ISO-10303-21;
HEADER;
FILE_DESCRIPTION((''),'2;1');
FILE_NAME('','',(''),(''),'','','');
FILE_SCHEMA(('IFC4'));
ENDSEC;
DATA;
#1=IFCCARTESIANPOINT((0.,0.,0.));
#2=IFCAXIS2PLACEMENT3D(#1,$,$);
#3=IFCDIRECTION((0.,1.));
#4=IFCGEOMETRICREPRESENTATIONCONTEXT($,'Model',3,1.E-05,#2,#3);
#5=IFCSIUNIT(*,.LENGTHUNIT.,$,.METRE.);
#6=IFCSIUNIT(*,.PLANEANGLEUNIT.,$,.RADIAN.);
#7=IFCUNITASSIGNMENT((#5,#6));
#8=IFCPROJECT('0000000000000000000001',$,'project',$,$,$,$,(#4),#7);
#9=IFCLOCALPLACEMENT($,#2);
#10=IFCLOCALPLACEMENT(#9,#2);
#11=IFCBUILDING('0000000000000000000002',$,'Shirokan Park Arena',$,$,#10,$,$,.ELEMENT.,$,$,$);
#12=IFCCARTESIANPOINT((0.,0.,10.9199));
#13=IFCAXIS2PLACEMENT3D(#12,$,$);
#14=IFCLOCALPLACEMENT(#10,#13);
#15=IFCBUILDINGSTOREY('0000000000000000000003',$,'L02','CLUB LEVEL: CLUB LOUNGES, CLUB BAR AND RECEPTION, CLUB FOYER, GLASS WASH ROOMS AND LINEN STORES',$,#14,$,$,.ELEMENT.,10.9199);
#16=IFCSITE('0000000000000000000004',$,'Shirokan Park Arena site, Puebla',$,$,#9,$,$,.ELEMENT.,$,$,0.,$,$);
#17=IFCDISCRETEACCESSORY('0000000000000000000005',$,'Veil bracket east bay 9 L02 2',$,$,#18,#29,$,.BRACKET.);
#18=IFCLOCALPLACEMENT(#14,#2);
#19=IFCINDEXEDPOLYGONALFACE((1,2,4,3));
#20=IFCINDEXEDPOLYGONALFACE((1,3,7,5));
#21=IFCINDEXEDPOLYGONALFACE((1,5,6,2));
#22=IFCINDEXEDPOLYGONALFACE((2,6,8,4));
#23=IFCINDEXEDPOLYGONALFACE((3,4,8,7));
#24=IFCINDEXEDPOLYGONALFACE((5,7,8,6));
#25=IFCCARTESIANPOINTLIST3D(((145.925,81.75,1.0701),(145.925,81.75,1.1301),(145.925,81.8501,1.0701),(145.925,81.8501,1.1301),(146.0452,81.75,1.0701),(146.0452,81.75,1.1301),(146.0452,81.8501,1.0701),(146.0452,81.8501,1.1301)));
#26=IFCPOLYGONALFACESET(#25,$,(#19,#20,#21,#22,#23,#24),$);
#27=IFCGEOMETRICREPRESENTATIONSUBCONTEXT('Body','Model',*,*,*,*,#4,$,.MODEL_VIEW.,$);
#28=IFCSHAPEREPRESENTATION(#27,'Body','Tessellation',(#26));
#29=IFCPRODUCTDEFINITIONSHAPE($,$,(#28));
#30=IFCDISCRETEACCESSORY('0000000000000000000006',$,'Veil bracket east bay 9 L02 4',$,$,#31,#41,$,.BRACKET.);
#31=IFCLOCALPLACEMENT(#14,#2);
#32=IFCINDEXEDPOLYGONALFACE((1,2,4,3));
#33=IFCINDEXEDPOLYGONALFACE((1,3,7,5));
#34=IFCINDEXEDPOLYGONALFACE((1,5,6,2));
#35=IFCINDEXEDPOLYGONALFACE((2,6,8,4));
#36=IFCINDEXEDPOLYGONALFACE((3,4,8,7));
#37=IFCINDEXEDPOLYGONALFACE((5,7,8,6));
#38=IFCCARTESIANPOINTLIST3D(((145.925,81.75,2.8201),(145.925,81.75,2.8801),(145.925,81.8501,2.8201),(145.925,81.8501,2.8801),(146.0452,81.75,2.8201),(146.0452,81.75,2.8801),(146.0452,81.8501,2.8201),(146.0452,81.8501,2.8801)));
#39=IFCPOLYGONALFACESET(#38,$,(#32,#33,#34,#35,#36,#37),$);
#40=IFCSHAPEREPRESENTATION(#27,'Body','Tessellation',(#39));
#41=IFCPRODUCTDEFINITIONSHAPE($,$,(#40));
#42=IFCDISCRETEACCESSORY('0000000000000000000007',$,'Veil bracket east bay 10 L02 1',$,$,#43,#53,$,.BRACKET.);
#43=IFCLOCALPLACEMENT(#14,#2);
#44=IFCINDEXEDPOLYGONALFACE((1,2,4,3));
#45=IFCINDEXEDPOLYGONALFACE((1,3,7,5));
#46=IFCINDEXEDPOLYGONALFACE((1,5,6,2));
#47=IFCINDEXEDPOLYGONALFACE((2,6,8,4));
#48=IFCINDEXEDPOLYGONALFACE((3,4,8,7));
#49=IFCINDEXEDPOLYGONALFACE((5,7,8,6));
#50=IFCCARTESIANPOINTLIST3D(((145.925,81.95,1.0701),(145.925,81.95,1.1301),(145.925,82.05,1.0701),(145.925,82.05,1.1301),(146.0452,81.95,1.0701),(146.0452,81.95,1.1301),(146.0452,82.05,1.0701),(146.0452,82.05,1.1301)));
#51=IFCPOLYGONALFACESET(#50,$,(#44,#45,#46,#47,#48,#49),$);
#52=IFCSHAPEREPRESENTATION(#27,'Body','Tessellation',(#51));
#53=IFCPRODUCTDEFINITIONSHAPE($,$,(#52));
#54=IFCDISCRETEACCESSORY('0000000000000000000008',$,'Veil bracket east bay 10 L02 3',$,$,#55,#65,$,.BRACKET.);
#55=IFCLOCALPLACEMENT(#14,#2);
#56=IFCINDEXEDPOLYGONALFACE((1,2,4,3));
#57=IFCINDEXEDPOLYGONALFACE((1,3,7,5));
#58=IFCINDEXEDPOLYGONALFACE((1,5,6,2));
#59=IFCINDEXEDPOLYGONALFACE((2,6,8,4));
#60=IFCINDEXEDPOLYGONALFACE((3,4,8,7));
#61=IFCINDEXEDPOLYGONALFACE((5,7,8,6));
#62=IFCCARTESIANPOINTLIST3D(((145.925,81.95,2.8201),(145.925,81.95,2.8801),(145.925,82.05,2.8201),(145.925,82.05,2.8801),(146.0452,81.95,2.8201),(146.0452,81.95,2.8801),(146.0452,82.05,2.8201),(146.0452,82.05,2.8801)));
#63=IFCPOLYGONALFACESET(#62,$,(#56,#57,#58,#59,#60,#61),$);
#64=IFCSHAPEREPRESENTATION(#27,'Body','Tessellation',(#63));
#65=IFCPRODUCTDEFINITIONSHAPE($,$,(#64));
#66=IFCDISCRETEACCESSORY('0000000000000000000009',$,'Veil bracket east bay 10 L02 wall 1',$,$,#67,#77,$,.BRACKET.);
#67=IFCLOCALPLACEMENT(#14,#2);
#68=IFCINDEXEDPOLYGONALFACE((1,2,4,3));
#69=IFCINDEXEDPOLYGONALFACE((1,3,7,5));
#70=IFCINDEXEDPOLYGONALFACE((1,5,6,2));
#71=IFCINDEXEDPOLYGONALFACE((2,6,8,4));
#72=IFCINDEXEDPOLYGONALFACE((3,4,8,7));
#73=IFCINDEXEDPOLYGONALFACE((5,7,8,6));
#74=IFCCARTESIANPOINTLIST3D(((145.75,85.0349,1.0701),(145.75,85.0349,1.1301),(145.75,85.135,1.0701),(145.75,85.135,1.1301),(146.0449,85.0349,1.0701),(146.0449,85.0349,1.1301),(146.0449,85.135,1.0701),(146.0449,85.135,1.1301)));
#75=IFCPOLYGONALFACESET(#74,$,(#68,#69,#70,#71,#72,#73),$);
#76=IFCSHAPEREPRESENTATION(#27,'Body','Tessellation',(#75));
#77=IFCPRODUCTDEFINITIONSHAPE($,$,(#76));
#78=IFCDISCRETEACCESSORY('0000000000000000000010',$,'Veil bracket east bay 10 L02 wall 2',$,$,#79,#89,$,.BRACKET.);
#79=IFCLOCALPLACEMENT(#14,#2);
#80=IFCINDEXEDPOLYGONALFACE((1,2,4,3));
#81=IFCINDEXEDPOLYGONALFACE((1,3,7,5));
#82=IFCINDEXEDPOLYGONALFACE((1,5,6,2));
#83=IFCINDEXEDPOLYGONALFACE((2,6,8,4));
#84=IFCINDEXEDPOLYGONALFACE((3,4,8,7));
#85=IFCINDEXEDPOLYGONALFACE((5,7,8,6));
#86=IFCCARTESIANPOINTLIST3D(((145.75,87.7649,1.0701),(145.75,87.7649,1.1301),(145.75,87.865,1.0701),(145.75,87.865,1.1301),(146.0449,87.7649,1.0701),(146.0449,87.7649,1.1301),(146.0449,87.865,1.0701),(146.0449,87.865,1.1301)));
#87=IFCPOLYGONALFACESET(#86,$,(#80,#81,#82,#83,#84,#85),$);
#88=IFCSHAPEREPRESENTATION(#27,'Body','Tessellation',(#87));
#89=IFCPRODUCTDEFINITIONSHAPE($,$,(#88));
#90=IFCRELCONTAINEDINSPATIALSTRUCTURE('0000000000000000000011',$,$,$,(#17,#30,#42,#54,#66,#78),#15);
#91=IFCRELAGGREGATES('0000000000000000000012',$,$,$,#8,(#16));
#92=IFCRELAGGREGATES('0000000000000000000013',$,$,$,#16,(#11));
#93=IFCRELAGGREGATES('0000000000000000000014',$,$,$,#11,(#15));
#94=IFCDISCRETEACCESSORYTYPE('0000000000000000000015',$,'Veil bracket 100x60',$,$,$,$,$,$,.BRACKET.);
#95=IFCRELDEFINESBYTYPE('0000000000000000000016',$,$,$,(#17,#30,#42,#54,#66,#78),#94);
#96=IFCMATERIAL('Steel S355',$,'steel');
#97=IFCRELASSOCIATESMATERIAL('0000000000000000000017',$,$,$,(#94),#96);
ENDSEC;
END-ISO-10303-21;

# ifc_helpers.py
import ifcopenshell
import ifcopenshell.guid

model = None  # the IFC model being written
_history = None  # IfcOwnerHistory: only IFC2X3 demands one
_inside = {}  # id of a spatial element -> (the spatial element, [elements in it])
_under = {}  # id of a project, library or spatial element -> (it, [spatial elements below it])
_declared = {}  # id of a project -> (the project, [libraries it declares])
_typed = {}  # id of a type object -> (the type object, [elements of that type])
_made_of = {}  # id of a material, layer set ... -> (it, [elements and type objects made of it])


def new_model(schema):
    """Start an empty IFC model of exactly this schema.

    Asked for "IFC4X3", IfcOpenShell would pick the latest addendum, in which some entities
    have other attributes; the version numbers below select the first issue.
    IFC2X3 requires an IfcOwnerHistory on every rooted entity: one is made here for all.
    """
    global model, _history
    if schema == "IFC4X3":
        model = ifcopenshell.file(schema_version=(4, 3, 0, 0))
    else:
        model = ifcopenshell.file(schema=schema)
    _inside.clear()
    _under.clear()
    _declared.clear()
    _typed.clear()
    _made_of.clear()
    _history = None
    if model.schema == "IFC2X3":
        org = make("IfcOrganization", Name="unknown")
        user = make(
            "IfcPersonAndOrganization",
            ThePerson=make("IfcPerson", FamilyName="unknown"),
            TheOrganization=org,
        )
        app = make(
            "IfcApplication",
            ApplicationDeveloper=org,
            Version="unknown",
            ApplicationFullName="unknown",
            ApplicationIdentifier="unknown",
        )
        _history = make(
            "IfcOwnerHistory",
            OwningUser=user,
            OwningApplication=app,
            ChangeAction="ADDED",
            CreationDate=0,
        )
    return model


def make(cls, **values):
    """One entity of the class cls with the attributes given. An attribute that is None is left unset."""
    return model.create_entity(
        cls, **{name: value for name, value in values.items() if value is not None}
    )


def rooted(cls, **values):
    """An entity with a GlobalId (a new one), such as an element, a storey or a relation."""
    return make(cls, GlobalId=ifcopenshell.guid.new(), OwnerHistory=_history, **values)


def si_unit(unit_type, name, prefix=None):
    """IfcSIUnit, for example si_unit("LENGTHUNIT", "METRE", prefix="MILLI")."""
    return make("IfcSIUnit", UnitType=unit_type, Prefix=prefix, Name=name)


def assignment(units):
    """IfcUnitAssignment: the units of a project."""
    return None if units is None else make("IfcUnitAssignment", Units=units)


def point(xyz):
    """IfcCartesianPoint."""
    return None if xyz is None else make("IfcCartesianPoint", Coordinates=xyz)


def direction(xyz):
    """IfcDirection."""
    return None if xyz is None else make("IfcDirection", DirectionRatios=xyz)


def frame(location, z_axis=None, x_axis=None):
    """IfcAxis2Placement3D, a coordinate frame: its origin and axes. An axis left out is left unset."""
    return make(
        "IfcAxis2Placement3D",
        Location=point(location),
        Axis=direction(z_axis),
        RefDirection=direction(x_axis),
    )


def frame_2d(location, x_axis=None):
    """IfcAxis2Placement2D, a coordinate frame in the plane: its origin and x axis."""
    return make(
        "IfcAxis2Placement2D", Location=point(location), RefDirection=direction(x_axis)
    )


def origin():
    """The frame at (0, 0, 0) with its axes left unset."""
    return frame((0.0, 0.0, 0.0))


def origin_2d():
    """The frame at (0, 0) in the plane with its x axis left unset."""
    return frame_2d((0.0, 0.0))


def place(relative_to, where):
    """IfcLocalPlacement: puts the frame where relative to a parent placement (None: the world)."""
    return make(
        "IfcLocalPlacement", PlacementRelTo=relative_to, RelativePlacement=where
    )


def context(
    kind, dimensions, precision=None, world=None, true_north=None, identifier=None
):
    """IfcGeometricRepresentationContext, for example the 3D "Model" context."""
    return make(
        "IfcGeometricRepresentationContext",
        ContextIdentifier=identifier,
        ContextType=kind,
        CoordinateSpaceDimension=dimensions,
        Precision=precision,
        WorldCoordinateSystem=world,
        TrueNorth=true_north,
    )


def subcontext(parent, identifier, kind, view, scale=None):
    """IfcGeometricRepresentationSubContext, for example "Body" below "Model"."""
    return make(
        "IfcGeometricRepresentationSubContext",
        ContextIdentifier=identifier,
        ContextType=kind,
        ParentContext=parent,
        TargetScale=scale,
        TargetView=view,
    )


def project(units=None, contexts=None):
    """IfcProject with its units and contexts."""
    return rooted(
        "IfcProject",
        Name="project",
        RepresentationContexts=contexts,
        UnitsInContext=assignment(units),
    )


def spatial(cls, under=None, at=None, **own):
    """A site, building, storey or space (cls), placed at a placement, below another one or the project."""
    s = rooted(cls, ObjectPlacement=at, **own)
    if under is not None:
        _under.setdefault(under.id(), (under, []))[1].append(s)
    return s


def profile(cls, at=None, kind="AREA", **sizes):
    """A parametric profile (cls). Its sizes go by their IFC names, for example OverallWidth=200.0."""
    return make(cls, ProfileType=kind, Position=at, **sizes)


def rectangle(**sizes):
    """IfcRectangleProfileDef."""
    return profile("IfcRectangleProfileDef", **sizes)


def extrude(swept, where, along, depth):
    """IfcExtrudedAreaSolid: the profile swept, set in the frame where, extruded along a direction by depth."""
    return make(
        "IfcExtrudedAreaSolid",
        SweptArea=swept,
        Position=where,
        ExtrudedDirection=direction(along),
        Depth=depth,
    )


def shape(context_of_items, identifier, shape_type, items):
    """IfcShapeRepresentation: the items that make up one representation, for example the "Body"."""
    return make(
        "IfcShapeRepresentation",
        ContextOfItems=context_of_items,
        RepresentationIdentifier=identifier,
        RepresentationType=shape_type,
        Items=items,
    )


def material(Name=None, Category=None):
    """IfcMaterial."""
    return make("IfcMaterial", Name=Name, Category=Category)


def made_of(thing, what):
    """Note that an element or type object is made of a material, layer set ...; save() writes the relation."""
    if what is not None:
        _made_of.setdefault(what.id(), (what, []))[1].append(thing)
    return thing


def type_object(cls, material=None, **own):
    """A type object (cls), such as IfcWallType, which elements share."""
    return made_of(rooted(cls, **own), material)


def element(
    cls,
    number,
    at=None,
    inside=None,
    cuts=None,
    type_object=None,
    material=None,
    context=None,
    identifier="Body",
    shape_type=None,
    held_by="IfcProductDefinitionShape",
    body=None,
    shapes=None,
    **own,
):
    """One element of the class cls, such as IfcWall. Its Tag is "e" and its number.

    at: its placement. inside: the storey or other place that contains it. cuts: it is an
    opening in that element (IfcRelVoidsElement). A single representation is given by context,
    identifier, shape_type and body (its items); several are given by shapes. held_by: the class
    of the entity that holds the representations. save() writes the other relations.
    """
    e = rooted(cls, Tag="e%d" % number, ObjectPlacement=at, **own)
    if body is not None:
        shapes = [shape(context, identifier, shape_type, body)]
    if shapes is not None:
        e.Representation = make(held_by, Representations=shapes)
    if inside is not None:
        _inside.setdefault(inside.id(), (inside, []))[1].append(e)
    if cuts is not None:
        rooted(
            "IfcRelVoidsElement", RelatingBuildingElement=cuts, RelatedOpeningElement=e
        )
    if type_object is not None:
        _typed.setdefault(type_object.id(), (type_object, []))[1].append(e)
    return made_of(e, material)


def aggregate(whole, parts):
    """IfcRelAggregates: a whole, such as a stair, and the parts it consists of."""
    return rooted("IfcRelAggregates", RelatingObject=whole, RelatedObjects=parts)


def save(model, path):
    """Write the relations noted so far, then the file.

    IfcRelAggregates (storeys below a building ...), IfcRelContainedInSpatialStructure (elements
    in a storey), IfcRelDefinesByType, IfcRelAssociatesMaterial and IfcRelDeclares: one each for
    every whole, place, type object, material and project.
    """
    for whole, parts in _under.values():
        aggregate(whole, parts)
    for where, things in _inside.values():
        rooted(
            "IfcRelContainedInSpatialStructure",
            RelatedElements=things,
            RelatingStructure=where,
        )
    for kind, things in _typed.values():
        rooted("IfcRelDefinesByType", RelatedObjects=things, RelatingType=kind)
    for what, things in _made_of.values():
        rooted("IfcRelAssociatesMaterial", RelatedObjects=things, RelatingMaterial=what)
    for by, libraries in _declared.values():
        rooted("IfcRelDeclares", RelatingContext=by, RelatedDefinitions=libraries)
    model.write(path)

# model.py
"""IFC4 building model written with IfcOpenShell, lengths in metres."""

from ifc_helpers import new_model, si_unit, direction, frame, origin, origin_2d, place, context, subcontext, project, spatial, rectangle, extrude, material, type_object, element, save


model = new_model("IFC4")

# Units and contexts
model_context = context("Model", 3, precision=1e-05, world=origin(), true_north=direction((0.0, 1.0)))
body_context = subcontext(model_context, "Body", "Model", "MODEL_VIEW")
ifc_project = project(units=[si_unit("LENGTHUNIT", "METRE"), si_unit("PLANEANGLEUNIT", "RADIAN")], contexts=[model_context])

# Site, building, storey
site_placement = place(None, origin())
site = spatial("IfcSite", under=ifc_project, at=site_placement, Name="Shirokan Park Arena site, Puebla", CompositionType="ELEMENT", RefElevation=0.0)
building_placement = place(site_placement, origin())
building = spatial("IfcBuilding", under=site, at=building_placement, Name="Shirokan Park Arena", CompositionType="ELEMENT")
storey_placement = place(building_placement, frame((0.0, 0.0, 10.9199)))
storey = spatial("IfcBuildingStorey", under=building, at=storey_placement, Name="L02", Description="CLUB LEVEL: CLUB LOUNGES, CLUB BAR AND RECEPTION, CLUB FOYER, GLASS WASH ROOMS AND LINEN STORES", CompositionType="ELEMENT", Elevation=10.9199)

# Discrete accessories
ifc_material_1 = material(Name="Steel S355", Category="steel")
discrete_accessory_type = type_object("IfcDiscreteAccessoryType", Name="Veil bracket 100x60", PredefinedType="BRACKET", material=ifc_material_1)
for number, where, z_axis, x_axis, name in (
    (1, (145.9851, 81.8, 1.0701), (0.0, 0.0, 1.0), (0.0, 1.0, 0.0), "Veil bracket east bay 9 L02 2"),
    (2, (145.9851, 81.8, 2.8201), (0.0, 0.0, 1.0), (0.0, 1.0, 0.0), "Veil bracket east bay 9 L02 4"),
    (3, (145.9851, 82.0, 1.0701), (0.0, 0.0, 1.0), (0.0, 1.0, 0.0), "Veil bracket east bay 10 L02 1"),
    (4, (145.9851, 82.0, 2.8201), (0.0, 0.0, 1.0), (0.0, 1.0, 0.0), "Veil bracket east bay 10 L02 3"),
):
    element("IfcDiscreteAccessory", number, at=place(storey_placement, frame(where, z_axis=z_axis, x_axis=x_axis)), inside=storey, type_object=discrete_accessory_type, Name=name, PredefinedType="BRACKET", context=body_context, shape_type="SweptSolid", body=[
        extrude(rectangle(XDim=0.1001, YDim=0.1201, at=origin_2d()), origin(), (0.0, 0.0, 1.0), 0.0601),
    ])
for number, where, z_axis, x_axis, name in (
    (5, (145.8975, 85.085, 1.0701), (0.0, 0.0, 1.0), (0.0, 1.0, 0.0), "Veil bracket east bay 10 L02 wall 1"),
    (6, (145.8975, 87.8149, 1.0701), (0.0, 0.0, 1.0), (0.0, 1.0, 0.0), "Veil bracket east bay 10 L02 wall 2"),
):
    element("IfcDiscreteAccessory", number, at=place(storey_placement, frame(where, z_axis=z_axis, x_axis=x_axis)), inside=storey, type_object=discrete_accessory_type, Name=name, PredefinedType="BRACKET", context=body_context, shape_type="SweptSolid", body=[
        extrude(rectangle(XDim=0.1001, YDim=0.2949, at=origin_2d()), origin(), (0.0, 0.0, 1.0), 0.0601),
    ])

save(model, "model.ifc")
